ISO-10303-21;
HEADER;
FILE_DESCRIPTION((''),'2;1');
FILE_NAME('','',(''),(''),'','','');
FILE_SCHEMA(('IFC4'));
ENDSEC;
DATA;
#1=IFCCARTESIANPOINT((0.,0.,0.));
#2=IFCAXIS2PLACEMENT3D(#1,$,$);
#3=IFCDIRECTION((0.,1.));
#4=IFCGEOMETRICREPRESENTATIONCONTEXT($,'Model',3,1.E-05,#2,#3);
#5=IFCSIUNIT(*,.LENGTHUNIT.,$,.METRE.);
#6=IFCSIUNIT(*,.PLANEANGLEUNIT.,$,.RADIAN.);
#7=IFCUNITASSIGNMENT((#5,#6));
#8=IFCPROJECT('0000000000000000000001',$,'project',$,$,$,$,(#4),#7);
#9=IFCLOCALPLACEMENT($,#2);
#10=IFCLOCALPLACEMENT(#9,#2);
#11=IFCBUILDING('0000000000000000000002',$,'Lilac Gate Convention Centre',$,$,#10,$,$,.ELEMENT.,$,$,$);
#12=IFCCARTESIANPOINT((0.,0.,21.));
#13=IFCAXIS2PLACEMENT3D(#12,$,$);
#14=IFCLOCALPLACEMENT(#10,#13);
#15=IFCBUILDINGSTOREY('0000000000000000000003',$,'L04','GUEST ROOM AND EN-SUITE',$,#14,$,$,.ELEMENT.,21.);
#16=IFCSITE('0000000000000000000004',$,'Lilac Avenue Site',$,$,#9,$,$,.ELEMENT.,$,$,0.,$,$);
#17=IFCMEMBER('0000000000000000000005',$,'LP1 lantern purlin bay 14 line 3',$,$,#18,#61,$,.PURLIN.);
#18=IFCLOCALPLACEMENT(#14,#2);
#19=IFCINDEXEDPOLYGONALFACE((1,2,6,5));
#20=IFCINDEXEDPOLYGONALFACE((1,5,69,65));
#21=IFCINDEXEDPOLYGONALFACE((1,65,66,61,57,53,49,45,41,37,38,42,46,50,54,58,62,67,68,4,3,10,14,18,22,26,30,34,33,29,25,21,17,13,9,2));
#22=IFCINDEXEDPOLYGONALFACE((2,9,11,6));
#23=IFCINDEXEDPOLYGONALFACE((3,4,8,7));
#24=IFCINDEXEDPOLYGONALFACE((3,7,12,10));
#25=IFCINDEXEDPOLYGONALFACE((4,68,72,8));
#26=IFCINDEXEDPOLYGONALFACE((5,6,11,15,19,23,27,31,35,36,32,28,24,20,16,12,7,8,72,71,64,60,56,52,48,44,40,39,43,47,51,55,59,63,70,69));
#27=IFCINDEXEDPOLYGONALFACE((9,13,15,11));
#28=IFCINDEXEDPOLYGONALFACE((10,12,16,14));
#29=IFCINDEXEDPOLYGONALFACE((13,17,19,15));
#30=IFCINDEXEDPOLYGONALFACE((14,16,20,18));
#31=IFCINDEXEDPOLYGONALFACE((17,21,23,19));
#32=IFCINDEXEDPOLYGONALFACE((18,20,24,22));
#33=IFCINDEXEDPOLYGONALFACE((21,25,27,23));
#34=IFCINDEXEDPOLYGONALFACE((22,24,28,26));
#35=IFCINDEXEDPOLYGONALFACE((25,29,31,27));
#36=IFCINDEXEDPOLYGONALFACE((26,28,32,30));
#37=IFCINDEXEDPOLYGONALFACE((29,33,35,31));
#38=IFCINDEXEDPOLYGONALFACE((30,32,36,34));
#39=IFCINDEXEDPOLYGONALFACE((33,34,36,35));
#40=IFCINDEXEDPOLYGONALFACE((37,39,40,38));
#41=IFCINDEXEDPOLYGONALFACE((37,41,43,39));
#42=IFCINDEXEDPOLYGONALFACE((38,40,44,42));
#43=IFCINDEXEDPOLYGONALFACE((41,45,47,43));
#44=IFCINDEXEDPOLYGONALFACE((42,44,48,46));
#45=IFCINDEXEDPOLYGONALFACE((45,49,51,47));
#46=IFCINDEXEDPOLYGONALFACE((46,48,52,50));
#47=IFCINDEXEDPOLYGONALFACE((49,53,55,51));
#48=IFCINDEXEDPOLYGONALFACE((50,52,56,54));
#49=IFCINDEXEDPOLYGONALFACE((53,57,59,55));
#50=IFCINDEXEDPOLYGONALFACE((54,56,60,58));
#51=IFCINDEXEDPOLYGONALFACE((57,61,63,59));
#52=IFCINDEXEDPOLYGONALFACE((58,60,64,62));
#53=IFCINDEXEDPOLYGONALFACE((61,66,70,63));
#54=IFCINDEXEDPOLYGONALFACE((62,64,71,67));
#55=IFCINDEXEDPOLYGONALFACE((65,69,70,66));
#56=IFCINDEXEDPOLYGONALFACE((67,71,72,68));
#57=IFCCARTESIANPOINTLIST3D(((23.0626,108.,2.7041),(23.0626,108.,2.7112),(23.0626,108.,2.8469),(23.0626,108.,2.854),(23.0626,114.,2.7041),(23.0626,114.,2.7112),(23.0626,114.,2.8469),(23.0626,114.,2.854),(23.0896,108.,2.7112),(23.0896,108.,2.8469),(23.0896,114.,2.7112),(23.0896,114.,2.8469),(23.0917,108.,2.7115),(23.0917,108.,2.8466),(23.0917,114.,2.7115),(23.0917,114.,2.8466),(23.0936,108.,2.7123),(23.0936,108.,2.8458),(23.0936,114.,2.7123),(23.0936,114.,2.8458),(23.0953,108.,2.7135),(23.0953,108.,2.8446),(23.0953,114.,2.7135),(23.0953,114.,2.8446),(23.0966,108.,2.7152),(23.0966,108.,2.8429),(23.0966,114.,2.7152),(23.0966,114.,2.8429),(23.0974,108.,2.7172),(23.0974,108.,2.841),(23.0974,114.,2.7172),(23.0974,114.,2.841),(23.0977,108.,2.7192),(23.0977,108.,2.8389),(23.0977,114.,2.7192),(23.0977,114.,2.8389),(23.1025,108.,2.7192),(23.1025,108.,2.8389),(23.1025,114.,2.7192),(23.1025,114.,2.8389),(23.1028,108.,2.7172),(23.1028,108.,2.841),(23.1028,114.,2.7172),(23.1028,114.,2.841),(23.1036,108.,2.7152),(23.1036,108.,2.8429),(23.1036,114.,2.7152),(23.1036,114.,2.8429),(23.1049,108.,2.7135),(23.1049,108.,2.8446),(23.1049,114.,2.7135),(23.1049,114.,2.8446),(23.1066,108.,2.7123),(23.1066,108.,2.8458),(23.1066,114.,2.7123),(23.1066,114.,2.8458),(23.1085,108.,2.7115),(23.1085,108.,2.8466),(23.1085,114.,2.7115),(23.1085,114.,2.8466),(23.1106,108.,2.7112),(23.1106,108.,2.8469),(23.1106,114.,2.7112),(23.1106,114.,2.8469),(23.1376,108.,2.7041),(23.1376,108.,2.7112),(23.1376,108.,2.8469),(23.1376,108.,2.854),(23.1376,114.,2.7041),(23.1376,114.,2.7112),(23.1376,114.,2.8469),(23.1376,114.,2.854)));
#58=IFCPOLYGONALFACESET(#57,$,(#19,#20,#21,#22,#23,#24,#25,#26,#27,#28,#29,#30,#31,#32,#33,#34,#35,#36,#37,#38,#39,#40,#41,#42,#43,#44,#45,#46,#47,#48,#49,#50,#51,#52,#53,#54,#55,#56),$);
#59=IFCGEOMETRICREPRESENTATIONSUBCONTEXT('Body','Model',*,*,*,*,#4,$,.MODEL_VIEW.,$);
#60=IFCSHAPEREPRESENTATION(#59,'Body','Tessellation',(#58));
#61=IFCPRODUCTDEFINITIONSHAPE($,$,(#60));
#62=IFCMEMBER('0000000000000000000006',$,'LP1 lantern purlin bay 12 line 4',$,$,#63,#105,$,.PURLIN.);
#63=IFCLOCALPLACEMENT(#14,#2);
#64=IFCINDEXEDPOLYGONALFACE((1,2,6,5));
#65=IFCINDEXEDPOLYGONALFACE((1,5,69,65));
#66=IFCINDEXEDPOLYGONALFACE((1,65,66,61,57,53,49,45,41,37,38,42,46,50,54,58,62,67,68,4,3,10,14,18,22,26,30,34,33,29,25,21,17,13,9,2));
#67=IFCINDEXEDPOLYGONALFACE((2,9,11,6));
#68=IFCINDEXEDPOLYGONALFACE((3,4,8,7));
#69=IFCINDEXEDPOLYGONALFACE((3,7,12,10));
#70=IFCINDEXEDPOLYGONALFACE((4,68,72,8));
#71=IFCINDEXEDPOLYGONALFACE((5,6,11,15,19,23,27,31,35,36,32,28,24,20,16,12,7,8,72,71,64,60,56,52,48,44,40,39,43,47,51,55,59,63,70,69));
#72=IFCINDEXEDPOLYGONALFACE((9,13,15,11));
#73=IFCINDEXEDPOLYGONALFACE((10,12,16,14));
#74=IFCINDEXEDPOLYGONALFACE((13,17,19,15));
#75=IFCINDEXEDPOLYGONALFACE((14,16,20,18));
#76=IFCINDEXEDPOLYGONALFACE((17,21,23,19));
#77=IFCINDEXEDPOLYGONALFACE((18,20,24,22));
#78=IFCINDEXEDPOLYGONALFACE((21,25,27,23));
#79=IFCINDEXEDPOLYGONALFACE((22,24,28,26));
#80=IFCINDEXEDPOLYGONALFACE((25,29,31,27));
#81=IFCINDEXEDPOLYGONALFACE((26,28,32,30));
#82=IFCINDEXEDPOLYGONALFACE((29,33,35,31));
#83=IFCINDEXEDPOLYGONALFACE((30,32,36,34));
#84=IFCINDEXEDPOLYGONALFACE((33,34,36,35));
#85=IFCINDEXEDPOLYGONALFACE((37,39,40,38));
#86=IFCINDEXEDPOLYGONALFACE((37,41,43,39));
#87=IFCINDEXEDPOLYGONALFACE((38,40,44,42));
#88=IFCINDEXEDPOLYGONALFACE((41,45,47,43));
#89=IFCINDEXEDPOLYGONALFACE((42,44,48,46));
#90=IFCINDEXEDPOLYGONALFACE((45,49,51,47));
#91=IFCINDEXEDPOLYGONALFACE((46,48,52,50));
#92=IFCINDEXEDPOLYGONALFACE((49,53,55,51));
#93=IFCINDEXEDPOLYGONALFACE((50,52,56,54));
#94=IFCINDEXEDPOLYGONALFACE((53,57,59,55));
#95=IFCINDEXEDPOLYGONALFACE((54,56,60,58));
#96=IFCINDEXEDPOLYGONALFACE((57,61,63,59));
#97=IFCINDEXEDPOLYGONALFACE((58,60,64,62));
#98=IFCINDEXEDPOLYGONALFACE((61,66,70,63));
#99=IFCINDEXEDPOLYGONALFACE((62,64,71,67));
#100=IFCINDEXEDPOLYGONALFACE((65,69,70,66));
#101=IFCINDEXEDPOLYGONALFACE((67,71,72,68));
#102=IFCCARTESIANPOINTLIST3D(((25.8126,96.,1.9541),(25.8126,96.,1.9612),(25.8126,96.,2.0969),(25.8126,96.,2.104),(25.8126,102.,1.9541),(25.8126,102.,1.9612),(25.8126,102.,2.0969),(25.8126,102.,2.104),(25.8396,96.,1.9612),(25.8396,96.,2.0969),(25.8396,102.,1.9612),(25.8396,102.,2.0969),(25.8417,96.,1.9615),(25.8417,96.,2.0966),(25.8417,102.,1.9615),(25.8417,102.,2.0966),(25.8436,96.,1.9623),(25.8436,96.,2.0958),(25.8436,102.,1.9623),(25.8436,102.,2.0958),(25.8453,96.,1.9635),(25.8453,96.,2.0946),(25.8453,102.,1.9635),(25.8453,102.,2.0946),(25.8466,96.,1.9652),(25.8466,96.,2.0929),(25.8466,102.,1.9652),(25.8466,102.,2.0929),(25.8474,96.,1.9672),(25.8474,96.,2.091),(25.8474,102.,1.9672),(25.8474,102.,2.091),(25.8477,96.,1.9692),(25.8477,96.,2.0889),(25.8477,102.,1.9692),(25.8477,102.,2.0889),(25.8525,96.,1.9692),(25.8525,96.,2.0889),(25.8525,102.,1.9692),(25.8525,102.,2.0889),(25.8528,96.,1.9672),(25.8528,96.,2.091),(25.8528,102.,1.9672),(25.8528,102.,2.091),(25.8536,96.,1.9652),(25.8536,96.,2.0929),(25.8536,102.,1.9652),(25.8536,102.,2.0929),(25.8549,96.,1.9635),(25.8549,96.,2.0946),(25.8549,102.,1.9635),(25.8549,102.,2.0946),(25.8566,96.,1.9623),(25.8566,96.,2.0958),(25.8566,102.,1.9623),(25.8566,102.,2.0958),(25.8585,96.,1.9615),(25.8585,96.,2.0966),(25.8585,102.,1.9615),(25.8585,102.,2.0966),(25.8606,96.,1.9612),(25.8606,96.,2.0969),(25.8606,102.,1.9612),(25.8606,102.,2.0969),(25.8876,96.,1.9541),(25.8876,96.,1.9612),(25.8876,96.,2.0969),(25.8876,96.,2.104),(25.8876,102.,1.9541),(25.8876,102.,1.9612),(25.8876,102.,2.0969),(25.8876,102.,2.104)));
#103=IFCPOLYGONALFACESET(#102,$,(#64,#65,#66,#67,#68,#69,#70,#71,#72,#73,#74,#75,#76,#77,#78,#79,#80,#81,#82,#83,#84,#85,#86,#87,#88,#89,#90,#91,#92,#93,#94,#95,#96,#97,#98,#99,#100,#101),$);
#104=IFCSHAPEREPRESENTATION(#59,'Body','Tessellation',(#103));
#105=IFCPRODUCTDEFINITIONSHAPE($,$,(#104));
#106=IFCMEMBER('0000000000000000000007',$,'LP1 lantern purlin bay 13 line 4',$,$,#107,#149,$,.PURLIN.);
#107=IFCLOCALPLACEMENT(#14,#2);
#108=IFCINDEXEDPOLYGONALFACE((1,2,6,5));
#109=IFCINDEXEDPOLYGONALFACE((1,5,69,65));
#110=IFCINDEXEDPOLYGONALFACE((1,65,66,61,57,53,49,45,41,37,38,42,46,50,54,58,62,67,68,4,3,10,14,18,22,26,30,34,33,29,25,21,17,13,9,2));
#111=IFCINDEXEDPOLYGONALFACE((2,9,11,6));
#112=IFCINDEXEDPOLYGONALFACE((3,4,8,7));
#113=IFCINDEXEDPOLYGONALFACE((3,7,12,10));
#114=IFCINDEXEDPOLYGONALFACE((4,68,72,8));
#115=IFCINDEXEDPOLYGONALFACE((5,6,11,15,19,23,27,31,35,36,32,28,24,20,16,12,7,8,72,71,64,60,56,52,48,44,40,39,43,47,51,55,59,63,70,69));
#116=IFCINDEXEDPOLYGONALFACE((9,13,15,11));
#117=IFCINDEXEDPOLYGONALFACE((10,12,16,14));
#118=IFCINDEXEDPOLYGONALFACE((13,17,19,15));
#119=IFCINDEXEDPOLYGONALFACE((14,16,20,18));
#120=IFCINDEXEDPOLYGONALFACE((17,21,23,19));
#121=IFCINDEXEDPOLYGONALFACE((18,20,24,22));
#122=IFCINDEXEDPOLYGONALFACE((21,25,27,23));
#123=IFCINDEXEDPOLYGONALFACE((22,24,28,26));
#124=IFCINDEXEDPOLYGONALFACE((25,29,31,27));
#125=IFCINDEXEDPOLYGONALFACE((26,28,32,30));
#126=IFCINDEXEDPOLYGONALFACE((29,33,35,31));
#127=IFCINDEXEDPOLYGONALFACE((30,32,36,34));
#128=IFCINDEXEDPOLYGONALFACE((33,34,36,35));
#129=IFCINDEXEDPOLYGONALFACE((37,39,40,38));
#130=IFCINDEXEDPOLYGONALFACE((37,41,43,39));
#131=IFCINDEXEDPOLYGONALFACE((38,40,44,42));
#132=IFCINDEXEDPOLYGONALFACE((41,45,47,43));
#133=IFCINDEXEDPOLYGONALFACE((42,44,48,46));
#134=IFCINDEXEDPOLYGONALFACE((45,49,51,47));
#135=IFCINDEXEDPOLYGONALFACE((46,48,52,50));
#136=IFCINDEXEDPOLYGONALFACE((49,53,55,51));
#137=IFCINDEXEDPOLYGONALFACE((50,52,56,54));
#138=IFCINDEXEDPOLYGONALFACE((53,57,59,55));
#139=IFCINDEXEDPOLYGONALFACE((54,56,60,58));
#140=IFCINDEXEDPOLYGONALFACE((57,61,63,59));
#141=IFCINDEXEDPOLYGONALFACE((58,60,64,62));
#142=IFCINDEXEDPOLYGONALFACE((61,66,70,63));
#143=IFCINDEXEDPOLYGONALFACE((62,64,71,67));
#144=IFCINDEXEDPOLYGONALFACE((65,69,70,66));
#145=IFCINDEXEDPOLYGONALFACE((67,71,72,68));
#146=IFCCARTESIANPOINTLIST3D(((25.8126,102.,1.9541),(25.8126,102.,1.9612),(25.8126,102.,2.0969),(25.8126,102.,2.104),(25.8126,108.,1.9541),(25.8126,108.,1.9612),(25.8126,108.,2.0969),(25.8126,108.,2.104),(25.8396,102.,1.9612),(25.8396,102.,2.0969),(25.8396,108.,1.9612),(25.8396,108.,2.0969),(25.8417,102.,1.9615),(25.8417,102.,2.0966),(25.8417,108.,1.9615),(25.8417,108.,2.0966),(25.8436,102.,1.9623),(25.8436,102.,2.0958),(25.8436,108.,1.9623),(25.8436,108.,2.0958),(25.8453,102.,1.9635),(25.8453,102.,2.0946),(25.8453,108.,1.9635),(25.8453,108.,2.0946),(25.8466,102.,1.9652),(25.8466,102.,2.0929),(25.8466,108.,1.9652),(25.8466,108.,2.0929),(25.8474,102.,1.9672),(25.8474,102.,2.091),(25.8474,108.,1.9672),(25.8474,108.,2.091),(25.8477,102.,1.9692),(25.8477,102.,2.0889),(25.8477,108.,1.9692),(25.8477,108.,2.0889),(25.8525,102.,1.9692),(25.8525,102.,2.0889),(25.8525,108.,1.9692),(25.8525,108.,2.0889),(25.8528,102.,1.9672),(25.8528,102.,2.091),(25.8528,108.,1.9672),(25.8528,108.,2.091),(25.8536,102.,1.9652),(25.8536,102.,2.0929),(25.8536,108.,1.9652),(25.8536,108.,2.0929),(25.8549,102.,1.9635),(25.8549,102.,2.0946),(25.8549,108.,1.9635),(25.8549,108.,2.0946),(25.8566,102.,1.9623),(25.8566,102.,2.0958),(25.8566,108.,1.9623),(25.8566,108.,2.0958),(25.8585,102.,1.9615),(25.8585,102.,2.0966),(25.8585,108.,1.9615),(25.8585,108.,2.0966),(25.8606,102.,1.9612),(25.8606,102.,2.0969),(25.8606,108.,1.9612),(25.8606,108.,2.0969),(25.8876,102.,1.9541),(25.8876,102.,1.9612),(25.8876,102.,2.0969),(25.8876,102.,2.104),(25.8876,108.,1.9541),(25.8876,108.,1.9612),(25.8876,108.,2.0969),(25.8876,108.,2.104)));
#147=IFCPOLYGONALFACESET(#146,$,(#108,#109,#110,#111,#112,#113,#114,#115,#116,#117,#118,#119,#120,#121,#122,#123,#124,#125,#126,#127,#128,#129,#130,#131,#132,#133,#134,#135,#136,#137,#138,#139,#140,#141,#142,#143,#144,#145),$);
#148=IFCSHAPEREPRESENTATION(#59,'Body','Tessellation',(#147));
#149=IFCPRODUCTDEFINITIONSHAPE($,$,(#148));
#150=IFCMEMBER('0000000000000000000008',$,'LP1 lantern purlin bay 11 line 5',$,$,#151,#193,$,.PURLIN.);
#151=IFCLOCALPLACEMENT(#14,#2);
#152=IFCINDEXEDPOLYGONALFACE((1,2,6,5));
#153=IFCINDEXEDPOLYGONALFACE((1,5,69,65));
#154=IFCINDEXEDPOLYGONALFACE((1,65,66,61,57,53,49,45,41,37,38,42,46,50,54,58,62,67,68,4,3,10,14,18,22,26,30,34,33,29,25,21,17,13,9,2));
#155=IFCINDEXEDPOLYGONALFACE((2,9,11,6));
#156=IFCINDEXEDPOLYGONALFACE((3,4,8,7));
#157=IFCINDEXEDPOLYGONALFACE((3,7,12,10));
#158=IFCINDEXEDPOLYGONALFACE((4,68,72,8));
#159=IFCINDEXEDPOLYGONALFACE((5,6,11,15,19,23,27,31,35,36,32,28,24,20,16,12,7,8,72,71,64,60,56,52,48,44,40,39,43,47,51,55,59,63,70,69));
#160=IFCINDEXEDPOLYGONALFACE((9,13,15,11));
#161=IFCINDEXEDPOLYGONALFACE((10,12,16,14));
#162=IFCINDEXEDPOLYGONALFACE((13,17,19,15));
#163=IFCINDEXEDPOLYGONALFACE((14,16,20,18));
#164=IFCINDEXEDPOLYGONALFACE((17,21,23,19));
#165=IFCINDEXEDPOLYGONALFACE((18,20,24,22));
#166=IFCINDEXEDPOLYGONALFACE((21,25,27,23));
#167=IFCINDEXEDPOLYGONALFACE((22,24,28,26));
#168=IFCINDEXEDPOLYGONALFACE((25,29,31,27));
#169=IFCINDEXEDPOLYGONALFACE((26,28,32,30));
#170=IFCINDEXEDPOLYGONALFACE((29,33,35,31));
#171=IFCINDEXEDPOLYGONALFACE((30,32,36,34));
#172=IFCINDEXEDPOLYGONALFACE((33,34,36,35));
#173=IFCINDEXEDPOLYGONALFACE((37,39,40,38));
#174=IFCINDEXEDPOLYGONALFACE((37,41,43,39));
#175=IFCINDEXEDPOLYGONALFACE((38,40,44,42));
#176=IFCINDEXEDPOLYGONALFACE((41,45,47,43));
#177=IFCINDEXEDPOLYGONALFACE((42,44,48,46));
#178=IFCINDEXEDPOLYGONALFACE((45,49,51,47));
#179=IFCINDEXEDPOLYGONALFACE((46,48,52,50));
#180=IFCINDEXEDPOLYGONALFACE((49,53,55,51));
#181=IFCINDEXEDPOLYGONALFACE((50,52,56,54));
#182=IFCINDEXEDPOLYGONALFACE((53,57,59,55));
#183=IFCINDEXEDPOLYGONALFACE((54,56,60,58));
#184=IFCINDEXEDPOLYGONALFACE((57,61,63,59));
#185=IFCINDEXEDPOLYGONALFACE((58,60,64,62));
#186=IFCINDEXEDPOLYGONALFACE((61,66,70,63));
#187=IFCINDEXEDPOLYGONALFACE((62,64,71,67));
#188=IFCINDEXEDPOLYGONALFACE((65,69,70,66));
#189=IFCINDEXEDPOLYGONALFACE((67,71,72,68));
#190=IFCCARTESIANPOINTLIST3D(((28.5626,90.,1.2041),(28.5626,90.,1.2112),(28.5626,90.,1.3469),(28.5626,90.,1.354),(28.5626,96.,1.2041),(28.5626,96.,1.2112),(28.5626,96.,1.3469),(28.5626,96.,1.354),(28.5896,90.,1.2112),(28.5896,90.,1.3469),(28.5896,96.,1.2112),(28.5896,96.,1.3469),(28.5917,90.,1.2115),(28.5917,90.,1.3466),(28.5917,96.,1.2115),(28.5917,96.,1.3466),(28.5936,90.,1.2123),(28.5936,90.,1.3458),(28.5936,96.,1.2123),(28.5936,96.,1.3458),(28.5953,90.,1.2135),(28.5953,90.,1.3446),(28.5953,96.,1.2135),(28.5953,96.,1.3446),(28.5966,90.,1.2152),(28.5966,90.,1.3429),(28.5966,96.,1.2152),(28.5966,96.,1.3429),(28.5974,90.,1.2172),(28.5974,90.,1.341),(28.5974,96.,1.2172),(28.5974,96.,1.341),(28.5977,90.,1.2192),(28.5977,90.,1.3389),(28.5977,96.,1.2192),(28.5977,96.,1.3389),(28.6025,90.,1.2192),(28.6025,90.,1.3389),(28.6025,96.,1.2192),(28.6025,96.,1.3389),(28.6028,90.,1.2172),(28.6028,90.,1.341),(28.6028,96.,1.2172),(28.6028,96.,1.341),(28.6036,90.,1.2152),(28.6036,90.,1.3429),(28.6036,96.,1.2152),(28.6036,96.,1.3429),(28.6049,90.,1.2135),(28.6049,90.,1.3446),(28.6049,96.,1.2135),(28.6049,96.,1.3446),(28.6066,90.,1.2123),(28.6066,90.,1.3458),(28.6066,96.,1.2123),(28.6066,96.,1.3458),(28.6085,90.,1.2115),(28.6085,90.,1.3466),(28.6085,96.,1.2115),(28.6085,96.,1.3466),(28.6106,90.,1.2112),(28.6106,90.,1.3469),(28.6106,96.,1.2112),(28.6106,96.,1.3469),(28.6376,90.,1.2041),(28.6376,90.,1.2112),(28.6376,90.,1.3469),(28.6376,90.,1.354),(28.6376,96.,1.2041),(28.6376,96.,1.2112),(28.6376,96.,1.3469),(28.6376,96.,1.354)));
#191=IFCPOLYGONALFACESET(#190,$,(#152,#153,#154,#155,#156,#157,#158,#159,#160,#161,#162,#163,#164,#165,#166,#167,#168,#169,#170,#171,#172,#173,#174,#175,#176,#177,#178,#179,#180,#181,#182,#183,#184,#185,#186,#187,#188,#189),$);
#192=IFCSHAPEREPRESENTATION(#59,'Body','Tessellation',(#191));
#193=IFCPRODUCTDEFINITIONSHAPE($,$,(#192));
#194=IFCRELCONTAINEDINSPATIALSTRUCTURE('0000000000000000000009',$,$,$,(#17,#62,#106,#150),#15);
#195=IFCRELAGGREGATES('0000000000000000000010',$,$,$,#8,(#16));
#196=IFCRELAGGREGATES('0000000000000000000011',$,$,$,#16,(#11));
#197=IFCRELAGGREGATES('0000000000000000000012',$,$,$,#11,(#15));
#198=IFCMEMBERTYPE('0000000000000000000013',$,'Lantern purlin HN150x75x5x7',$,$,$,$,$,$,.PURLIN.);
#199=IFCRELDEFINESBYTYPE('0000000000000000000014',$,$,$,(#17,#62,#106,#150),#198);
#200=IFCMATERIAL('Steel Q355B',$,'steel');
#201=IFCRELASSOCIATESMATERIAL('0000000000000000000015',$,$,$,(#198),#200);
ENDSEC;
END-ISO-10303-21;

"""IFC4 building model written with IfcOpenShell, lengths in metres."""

from ifc_helpers import new_model, si_unit, direction, frame, origin, origin_2d, place, context, subcontext, project, spatial, i_section, extrude, material, material_profile, profile_set, type_object, element, save


model = new_model("IFC4")

# Units and contexts
model_context = context("Model", 3, precision=1e-05, world=origin(), true_north=direction((0.0, 1.0)))
body_context = subcontext(model_context, "Body", "Model", "MODEL_VIEW")
ifc_project = project(units=[si_unit("LENGTHUNIT", "METRE"), si_unit("PLANEANGLEUNIT", "RADIAN")], contexts=[model_context])

# Site, building, storey
site_placement = place(None, origin())
site = spatial("IfcSite", under=ifc_project, at=site_placement, Name="Lilac Avenue Site", CompositionType="ELEMENT", RefElevation=0.0)
building_placement = place(site_placement, origin())
building = spatial("IfcBuilding", under=site, at=building_placement, Name="Lilac Gate Convention Centre", CompositionType="ELEMENT")
storey_placement = place(building_placement, frame((0.0, 0.0, 21.0)))
storey = spatial("IfcBuildingStorey", under=building, at=storey_placement, Name="L04", Description="GUEST ROOM AND EN-SUITE", CompositionType="ELEMENT", Elevation=21.0)

# Members
ifc_material_1 = material(Name="Steel Q355B", Category="steel")
ifc_material_profile_1 = material_profile(ifc_material_1, i_section(OverallWidth=0.075, OverallDepth=0.1499, WebThickness=0.0049, FlangeThickness=0.0071, FilletRadius=0.0081, at=origin_2d()), Name="HN150x75x5x7")
ifc_profile_set_1 = profile_set([ifc_material_profile_1], Name="Steel Q355B")
member_type_1 = type_object("IfcMemberType", Name="Lantern purlin HN150x75x5x7", PredefinedType="PURLIN", material=ifc_profile_set_1)
for number, where, z_axis, x_axis, name in (
    (1, (23.1001, 108.0, 2.7791), (0.0, 1.0, 0.0), (-1.0, 0.0, 0.0), "LP1 lantern purlin bay 14 line 3"),
    (2, (25.8501, 96.0, 2.0291), (0.0, 1.0, 0.0), (-1.0, 0.0, 0.0), "LP1 lantern purlin bay 12 line 4"),
    (3, (25.8501, 102.0, 2.0291), (0.0, 1.0, 0.0), (-1.0, 0.0, 0.0), "LP1 lantern purlin bay 13 line 4"),
    (4, (28.6001, 90.0, 1.2791), (0.0, 1.0, 0.0), (-1.0, 0.0, 0.0), "LP1 lantern purlin bay 11 line 5"),
):
    element("IfcMember", number, at=place(storey_placement, frame(where, z_axis=z_axis, x_axis=x_axis)), inside=storey, type_object=member_type_1, Name=name, PredefinedType="PURLIN", context=body_context, shape_type="SweptSolid", body=[
        extrude(i_section(OverallWidth=0.075, OverallDepth=0.1499, WebThickness=0.0049, FlangeThickness=0.0071, FilletRadius=0.0081, at=origin_2d()), origin(), (0.0, 0.0, 1.0), 6.0),
    ])

save(model, "model.ifc")
